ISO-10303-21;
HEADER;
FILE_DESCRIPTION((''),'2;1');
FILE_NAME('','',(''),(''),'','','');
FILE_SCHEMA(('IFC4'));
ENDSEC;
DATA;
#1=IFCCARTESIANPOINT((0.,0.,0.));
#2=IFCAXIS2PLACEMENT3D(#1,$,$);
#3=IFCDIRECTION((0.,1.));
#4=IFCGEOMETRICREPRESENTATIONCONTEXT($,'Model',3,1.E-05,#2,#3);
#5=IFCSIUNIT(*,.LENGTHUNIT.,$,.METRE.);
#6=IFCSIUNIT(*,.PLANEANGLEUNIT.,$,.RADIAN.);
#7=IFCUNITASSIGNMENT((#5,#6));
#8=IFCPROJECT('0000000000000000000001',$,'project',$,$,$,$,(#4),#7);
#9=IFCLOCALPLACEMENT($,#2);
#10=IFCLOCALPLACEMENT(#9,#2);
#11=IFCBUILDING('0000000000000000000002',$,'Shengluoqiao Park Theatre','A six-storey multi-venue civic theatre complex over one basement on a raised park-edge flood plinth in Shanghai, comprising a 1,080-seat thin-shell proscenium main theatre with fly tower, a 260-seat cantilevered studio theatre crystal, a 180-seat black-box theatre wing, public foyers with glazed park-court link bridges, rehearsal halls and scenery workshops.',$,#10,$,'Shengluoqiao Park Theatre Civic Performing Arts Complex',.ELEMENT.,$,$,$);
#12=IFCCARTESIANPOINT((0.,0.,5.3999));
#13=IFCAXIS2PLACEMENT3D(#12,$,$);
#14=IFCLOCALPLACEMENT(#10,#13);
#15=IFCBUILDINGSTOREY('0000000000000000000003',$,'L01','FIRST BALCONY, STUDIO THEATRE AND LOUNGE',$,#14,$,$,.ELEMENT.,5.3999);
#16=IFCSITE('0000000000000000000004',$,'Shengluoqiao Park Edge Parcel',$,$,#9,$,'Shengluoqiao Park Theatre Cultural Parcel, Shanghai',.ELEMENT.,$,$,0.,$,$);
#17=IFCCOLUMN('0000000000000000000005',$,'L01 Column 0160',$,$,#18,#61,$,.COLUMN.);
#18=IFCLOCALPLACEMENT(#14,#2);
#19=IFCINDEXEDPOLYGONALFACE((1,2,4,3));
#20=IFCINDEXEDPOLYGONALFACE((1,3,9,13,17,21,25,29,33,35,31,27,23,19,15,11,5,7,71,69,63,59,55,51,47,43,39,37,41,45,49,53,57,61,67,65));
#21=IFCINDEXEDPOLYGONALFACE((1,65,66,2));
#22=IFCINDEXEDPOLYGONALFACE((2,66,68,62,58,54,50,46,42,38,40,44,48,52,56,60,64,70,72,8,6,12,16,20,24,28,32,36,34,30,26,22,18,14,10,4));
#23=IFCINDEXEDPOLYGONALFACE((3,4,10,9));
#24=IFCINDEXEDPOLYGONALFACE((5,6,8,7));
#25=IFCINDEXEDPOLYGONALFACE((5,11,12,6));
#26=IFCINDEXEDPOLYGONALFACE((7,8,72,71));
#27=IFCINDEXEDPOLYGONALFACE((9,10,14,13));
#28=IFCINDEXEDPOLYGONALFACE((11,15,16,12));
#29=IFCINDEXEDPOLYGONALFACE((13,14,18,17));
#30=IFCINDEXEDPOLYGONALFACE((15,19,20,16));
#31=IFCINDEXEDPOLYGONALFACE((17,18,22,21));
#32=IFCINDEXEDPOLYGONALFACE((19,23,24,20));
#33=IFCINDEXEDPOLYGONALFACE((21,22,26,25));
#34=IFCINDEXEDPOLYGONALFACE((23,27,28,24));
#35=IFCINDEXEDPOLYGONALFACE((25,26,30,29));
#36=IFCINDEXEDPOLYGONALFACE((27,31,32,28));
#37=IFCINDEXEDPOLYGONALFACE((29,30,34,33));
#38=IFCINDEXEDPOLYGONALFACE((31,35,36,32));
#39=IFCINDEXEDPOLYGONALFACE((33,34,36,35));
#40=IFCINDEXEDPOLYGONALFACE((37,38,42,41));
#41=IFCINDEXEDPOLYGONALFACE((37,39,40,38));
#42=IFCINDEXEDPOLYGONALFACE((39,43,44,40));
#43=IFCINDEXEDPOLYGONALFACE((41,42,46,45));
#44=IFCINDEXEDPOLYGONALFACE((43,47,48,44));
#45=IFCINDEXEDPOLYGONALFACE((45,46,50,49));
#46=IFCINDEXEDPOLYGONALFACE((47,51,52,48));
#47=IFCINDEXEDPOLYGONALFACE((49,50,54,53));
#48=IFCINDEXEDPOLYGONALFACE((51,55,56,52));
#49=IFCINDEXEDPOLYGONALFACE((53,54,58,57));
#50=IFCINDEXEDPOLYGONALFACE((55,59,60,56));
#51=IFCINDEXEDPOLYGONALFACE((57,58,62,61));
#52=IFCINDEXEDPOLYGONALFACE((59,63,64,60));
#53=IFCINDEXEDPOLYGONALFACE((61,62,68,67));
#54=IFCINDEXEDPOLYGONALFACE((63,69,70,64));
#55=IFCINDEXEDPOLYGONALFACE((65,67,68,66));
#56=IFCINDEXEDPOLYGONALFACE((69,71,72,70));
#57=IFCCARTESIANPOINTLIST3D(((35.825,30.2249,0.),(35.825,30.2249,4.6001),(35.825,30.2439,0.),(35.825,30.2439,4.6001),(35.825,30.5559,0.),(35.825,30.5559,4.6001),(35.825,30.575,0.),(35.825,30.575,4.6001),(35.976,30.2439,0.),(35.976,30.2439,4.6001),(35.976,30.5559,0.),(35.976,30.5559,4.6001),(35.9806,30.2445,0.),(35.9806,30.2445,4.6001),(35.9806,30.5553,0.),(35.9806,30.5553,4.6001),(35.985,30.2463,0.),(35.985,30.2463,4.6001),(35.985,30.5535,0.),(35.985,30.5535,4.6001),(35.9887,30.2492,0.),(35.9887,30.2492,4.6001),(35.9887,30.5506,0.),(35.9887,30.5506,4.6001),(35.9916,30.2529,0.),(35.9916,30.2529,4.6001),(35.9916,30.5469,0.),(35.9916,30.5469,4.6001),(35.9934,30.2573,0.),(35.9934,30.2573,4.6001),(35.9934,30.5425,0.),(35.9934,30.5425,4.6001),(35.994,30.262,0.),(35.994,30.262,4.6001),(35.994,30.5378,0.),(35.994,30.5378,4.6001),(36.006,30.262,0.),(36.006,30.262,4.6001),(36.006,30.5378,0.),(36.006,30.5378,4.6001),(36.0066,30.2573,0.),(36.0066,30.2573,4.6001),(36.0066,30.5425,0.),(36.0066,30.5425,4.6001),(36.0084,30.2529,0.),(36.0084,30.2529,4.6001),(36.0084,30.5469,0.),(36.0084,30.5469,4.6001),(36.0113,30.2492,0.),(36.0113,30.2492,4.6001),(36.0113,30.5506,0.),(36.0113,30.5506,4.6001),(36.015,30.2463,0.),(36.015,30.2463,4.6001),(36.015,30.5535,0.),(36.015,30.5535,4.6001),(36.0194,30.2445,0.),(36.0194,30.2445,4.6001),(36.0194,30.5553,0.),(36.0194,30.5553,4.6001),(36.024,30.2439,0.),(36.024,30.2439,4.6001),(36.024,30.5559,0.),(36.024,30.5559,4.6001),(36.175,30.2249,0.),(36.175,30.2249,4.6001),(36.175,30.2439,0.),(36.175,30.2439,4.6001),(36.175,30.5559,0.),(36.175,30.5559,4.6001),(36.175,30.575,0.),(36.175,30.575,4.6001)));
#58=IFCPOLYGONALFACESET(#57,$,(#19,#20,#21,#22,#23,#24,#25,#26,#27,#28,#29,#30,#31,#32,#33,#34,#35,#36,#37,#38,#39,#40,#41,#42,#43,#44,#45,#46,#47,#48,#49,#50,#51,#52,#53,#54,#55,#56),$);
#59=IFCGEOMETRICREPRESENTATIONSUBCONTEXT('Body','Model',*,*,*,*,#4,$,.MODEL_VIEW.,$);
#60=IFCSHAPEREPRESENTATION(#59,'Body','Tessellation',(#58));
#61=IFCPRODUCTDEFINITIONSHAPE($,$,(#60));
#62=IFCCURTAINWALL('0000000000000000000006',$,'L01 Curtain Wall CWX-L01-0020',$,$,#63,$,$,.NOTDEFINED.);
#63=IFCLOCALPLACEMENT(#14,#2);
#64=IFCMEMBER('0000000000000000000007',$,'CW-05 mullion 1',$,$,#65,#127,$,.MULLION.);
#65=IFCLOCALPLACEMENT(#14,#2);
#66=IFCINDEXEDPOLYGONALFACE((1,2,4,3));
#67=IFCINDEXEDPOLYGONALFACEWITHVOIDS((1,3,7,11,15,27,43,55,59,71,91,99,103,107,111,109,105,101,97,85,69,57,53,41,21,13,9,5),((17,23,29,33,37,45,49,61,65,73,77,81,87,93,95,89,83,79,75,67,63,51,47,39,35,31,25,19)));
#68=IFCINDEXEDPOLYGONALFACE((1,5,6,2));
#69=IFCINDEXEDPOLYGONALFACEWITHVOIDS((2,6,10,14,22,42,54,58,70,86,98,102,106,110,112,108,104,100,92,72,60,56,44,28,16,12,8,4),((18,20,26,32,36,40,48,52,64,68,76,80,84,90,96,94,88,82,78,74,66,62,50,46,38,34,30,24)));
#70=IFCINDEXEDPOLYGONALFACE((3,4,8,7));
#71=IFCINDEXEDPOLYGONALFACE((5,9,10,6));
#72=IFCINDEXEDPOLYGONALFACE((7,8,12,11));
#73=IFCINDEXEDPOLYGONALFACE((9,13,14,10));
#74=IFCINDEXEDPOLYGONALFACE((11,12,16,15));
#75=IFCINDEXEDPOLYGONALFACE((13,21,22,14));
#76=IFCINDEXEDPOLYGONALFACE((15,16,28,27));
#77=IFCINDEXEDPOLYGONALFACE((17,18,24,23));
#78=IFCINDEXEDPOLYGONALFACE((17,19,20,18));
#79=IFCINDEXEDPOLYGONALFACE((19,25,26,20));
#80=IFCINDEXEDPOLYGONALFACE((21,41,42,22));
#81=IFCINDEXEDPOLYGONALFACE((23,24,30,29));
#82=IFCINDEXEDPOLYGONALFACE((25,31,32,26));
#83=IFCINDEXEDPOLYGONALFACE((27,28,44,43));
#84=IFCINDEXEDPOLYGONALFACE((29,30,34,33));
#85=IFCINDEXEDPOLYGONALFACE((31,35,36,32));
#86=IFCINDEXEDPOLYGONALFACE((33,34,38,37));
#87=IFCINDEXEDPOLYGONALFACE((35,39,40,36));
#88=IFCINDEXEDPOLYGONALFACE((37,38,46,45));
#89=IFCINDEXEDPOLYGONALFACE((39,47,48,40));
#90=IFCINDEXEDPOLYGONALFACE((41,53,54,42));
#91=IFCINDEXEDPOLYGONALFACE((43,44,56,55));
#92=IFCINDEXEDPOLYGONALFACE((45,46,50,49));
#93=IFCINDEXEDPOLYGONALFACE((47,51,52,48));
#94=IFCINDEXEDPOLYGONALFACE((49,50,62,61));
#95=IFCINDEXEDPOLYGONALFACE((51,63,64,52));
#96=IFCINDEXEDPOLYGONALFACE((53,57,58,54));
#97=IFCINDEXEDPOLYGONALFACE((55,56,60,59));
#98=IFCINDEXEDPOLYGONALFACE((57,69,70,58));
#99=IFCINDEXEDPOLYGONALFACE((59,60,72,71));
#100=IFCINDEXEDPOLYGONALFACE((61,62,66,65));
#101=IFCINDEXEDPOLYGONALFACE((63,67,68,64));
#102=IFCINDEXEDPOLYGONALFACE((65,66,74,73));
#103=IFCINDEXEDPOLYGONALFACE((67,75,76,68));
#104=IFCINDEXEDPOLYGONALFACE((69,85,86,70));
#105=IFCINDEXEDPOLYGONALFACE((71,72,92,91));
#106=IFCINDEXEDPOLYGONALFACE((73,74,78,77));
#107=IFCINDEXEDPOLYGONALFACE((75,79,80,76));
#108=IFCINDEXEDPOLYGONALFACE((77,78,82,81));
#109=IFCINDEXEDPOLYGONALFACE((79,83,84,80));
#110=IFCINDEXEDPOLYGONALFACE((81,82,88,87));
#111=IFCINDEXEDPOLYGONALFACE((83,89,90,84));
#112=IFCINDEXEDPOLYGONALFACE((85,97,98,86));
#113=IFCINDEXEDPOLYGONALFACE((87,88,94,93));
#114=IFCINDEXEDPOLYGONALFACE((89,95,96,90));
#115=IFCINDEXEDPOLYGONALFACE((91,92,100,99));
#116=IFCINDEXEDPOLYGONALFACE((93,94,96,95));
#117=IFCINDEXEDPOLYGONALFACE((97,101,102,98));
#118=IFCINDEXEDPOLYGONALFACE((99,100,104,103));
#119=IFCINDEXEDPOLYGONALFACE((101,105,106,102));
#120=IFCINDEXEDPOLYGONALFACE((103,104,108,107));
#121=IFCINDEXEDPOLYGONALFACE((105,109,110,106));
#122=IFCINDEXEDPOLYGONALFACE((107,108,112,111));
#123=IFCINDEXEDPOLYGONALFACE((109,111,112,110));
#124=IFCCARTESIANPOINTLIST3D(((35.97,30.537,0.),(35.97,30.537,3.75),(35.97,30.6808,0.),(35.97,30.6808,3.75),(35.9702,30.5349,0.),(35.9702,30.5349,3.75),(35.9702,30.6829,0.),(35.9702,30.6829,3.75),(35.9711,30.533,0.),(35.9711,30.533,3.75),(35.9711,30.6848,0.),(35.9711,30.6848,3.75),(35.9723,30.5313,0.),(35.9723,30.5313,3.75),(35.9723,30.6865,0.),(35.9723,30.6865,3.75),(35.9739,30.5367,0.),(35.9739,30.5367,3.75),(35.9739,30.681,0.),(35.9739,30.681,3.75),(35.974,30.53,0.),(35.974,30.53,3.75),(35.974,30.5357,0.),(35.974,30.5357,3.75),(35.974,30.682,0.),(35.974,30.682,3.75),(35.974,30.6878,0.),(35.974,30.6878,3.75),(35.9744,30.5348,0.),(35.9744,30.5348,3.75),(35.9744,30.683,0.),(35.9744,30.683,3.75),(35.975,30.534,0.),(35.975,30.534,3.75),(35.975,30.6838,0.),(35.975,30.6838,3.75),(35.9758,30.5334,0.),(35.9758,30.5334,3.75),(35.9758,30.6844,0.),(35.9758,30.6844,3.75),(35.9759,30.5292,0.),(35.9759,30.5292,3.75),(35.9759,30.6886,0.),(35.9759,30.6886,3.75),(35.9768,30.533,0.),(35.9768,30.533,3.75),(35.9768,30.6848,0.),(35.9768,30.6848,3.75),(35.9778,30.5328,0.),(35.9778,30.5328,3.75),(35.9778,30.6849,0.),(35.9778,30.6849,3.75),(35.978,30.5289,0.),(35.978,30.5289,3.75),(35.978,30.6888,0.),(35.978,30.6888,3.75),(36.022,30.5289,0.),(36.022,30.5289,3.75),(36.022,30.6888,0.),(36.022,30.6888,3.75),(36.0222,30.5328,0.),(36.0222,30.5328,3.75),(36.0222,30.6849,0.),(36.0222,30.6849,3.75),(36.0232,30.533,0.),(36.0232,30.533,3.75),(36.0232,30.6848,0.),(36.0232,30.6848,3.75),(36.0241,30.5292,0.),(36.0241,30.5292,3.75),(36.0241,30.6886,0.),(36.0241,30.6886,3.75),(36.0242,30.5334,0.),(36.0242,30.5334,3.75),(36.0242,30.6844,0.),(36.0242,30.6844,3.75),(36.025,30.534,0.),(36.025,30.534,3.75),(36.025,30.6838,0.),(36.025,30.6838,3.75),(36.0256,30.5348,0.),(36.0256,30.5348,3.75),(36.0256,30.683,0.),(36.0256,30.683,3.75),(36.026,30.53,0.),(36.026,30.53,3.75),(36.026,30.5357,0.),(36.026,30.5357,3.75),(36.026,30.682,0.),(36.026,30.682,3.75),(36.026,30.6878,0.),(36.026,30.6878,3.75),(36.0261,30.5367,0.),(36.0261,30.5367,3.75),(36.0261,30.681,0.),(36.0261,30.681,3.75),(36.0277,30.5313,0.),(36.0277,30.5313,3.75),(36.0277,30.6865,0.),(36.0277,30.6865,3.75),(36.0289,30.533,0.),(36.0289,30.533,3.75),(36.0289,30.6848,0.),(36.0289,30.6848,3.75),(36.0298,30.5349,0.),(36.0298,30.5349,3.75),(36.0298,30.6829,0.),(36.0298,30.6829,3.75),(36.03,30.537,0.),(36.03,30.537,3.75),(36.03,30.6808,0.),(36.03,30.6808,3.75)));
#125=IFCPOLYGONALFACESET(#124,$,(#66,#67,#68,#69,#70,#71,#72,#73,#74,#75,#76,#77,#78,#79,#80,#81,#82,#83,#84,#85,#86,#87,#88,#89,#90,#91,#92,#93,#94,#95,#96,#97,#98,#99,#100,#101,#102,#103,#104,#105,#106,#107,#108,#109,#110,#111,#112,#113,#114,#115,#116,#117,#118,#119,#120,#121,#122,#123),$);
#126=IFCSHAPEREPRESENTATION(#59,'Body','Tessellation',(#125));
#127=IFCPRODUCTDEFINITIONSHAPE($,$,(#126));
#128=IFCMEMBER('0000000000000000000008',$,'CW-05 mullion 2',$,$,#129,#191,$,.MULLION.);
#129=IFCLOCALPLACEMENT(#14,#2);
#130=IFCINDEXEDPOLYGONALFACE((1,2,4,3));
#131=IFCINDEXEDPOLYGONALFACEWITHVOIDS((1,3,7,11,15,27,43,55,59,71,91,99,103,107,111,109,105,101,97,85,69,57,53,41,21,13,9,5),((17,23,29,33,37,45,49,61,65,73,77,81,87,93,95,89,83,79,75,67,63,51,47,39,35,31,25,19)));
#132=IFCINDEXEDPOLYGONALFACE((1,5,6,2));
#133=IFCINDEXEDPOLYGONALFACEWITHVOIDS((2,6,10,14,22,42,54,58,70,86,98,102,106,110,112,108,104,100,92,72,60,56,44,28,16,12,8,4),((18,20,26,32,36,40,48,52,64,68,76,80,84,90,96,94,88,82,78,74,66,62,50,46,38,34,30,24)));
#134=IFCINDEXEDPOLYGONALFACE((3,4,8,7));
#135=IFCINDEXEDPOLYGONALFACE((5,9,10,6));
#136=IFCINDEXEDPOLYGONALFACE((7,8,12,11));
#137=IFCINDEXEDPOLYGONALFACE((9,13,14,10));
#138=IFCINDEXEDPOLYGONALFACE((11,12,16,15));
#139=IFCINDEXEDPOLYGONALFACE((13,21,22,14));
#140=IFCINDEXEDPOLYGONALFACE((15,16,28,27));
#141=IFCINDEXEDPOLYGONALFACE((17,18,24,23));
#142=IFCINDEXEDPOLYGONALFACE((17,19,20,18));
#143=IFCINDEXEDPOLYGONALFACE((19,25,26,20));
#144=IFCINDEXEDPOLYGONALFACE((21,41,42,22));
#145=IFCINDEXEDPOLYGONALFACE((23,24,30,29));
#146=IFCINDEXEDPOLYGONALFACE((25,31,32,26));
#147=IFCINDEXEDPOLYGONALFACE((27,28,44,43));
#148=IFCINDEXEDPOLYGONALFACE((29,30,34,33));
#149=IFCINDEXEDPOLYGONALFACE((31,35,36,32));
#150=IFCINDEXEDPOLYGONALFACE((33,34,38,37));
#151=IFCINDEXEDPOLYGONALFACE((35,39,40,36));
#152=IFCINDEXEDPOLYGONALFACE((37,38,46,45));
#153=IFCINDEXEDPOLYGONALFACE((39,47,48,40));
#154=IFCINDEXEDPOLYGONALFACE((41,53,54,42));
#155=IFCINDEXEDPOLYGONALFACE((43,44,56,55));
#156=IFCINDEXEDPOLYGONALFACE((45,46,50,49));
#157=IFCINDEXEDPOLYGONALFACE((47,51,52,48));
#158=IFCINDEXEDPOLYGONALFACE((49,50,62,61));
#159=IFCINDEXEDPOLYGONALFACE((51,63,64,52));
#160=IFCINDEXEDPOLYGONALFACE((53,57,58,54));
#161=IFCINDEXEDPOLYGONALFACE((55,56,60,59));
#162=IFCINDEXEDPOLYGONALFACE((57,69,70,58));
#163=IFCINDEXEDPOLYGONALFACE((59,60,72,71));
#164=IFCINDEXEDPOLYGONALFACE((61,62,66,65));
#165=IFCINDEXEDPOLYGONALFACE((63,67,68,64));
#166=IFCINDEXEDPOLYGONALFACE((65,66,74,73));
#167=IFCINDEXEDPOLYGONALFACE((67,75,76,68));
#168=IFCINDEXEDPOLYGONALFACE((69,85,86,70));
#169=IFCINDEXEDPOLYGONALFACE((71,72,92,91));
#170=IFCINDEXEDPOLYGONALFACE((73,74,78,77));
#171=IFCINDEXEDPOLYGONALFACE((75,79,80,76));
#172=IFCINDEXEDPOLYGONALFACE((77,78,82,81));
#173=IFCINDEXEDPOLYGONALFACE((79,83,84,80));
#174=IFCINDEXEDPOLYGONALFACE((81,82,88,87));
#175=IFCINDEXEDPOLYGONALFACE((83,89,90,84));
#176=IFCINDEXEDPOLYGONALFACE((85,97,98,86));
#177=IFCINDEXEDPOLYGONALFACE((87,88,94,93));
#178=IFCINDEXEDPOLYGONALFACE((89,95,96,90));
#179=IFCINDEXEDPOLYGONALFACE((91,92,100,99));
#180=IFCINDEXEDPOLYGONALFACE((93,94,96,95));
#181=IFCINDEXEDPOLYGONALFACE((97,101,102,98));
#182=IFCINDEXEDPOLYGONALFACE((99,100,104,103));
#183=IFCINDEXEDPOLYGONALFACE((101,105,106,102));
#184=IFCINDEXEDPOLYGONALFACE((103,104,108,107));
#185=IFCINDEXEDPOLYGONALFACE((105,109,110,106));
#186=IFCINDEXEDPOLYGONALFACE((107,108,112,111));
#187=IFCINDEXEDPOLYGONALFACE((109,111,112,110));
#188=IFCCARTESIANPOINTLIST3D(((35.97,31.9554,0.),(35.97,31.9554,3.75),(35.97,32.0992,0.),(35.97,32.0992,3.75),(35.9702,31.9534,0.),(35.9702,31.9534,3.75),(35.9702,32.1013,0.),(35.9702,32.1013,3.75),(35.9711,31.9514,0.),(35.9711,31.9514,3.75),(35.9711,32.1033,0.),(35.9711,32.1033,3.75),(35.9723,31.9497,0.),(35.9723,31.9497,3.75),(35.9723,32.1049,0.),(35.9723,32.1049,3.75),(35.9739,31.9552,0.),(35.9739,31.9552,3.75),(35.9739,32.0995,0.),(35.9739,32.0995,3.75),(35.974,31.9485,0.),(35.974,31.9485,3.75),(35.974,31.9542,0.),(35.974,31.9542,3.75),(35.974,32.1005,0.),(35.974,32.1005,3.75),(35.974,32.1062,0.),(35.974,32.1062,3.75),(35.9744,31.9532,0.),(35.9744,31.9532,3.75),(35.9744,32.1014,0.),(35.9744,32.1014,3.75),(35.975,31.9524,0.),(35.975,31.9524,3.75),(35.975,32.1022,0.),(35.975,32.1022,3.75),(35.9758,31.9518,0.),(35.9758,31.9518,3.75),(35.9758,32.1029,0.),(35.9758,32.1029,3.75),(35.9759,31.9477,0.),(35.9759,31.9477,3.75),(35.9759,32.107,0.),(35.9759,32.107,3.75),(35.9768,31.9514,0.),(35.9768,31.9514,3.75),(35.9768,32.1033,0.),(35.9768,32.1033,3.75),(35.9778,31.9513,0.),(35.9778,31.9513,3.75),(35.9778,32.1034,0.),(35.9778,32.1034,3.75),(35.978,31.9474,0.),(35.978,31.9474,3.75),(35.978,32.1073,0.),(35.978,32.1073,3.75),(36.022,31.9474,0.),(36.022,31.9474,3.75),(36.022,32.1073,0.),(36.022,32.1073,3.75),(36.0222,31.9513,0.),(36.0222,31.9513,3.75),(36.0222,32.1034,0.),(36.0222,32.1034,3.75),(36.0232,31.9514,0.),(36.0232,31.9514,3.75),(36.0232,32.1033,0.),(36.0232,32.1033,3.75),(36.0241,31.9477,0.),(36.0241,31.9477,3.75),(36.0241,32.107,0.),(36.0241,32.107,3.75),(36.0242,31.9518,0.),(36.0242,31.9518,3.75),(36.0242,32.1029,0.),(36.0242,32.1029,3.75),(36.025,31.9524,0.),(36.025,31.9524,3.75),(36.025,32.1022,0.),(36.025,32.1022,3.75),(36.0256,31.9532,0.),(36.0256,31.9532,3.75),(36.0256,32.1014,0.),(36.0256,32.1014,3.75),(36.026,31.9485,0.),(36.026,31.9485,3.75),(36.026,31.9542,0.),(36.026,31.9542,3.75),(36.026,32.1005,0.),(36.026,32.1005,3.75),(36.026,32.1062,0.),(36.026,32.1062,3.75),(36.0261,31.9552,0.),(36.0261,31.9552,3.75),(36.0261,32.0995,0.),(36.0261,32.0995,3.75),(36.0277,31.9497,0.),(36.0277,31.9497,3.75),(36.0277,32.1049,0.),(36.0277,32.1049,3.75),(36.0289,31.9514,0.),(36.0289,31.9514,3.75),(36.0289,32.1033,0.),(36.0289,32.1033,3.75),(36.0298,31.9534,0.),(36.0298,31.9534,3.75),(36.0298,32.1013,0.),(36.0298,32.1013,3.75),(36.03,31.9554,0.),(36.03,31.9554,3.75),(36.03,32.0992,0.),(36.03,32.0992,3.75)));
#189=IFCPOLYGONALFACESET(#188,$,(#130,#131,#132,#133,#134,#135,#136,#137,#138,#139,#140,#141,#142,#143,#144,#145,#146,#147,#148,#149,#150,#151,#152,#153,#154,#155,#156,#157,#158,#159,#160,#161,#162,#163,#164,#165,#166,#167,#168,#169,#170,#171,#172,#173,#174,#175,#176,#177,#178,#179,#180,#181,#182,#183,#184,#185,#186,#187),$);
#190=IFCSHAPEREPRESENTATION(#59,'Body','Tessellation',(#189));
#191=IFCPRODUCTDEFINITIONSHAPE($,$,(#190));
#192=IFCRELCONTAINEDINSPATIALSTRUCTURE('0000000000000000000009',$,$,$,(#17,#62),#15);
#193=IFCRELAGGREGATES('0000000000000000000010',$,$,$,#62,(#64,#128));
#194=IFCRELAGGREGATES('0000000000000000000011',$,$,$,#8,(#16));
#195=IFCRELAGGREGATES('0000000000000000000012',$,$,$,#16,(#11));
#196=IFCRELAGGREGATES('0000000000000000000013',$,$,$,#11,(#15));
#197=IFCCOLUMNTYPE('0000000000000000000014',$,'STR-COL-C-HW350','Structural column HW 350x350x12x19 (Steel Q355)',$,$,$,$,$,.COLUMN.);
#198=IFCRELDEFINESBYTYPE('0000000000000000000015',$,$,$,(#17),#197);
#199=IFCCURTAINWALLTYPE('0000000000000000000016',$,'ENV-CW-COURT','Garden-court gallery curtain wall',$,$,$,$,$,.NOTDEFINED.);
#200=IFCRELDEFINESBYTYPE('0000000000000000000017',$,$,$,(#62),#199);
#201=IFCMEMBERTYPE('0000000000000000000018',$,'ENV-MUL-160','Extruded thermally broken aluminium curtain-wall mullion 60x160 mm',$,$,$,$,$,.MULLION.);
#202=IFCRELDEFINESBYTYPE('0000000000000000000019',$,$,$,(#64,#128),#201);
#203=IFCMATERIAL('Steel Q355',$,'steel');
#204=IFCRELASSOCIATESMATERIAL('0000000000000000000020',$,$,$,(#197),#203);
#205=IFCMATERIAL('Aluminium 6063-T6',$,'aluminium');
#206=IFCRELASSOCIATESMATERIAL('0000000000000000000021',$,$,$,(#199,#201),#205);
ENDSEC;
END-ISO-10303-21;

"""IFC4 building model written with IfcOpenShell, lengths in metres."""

from ifc_helpers import new_model, si_unit, direction, frame, origin, origin_2d, place, context, subcontext, project, spatial, hollow_rectangle, i_section, extrude, material, material_profile, profile_set, type_object, element, aggregate, save


model = new_model("IFC4")

# Units and contexts
model_context = context("Model", 3, precision=1e-05, world=origin(), true_north=direction((0.0, 1.0)))
body_context = subcontext(model_context, "Body", "Model", "MODEL_VIEW")
ifc_project = project(units=[si_unit("LENGTHUNIT", "METRE"), si_unit("PLANEANGLEUNIT", "RADIAN")], contexts=[model_context])

# Site, building, storey
site_placement = place(None, origin())
site = spatial("IfcSite", under=ifc_project, at=site_placement, Name="Shengluoqiao Park Edge Parcel", LongName="Shengluoqiao Park Theatre Cultural Parcel, Shanghai", CompositionType="ELEMENT", RefElevation=0.0)
building_placement = place(site_placement, origin())
building = spatial("IfcBuilding", under=site, at=building_placement, Name="Shengluoqiao Park Theatre", Description="A six-storey multi-venue civic theatre complex over one basement on a raised park-edge flood plinth in Shanghai, comprising a 1,080-seat thin-shell proscenium main theatre with fly tower, a 260-seat cantilevered studio theatre crystal, a 180-seat black-box theatre wing, public foyers with glazed park-court link bridges, rehearsal halls and scenery workshops.", LongName="Shengluoqiao Park Theatre Civic Performing Arts Complex", CompositionType="ELEMENT")
storey_placement = place(building_placement, frame((0.0, 0.0, 5.3999)))
storey = spatial("IfcBuildingStorey", under=building, at=storey_placement, Name="L01", Description="FIRST BALCONY, STUDIO THEATRE AND LOUNGE", CompositionType="ELEMENT", Elevation=5.3999)

# Column
ifc_material_1 = material(Name="Steel Q355", Category="steel")
ifc_material_profile_1 = material_profile(ifc_material_1, i_section(OverallWidth=0.3501, OverallDepth=0.3501, WebThickness=0.012, FlangeThickness=0.019, FilletRadius=0.0181, at=origin_2d()), Name="HW 350x350x12x19")
ifc_profile_set_1 = profile_set([ifc_material_profile_1], Name="Steel Q355")
column_type = type_object("IfcColumnType", Name="STR-COL-C-HW350", Description="Structural column HW 350x350x12x19 (Steel Q355)", PredefinedType="COLUMN", material=ifc_profile_set_1)
column_placement = place(storey_placement, frame((36.0, 30.3999, 0.0), z_axis=(0.0, 0.0, 1.0), x_axis=(1.0, 0.0, 0.0)))
element("IfcColumn", 1, at=column_placement, inside=storey, type_object=column_type, Name="L01 Column 0160", PredefinedType="COLUMN", context=body_context, shape_type="SweptSolid", body=[
    extrude(i_section(OverallWidth=0.3501, OverallDepth=0.3501, WebThickness=0.012, FlangeThickness=0.019, FilletRadius=0.0181, at=origin_2d()), origin(), (0.0, 0.0, 1.0), 4.6001),
])

# Curtain wall, members
ifc_material_2 = material(Name="Aluminium 6063-T6", Category="aluminium")
curtain_wall_type = type_object("IfcCurtainWallType", Name="ENV-CW-COURT", Description="Garden-court gallery curtain wall", PredefinedType="NOTDEFINED", material=ifc_material_2)
curtain_wall_1_placement = place(storey_placement, origin())
curtain_wall_1 = element("IfcCurtainWall", 2, at=curtain_wall_1_placement, inside=storey, type_object=curtain_wall_type, Name="L01 Curtain Wall CWX-L01-0020", PredefinedType="NOTDEFINED")
ifc_material_profile_2 = material_profile(ifc_material_2, hollow_rectangle(XDim=0.0601, YDim=0.1599, WallThickness=0.0039, InnerFilletRadius=0.0039, OuterFilletRadius=0.0081, at=origin_2d()), Name="ALU MULLION 160x60x4")
ifc_profile_set_2 = profile_set([ifc_material_profile_2], Name="Aluminium 6063-T6")
member_type_1 = type_object("IfcMemberType", Name="ENV-MUL-160", Description="Extruded thermally broken aluminium curtain-wall mullion 60x160 mm", PredefinedType="MULLION", material=ifc_profile_set_2)
member_1_placement = place(storey_placement, frame((36.0, 30.6089, 0.0), z_axis=(0.0, 0.0, 1.0), x_axis=(-1.0, 0.0, 0.0)))
member_1 = element("IfcMember", 3, at=member_1_placement, type_object=member_type_1, Name="CW-05 mullion 1", PredefinedType="MULLION", context=body_context, shape_type="SweptSolid", body=[
    extrude(hollow_rectangle(XDim=0.0601, YDim=0.1599, WallThickness=0.0039, InnerFilletRadius=0.0039, OuterFilletRadius=0.0081, at=origin_2d()), origin(), (0.0, 0.0, 1.0), 3.75),
])
member_2_placement = place(storey_placement, frame((36.0, 32.0273, 0.0), z_axis=(0.0, 0.0, 1.0), x_axis=(-1.0, 0.0, 0.0)))
member_2 = element("IfcMember", 4, at=member_2_placement, type_object=member_type_1, Name="CW-05 mullion 2", PredefinedType="MULLION", context=body_context, shape_type="SweptSolid", body=[
    extrude(hollow_rectangle(XDim=0.0601, YDim=0.1599, WallThickness=0.0039, InnerFilletRadius=0.0039, OuterFilletRadius=0.0081, at=origin_2d()), origin(), (0.0, 0.0, 1.0), 3.75),
])

aggregate(curtain_wall_1, [member_1, member_2])

save(model, "model.ifc")
